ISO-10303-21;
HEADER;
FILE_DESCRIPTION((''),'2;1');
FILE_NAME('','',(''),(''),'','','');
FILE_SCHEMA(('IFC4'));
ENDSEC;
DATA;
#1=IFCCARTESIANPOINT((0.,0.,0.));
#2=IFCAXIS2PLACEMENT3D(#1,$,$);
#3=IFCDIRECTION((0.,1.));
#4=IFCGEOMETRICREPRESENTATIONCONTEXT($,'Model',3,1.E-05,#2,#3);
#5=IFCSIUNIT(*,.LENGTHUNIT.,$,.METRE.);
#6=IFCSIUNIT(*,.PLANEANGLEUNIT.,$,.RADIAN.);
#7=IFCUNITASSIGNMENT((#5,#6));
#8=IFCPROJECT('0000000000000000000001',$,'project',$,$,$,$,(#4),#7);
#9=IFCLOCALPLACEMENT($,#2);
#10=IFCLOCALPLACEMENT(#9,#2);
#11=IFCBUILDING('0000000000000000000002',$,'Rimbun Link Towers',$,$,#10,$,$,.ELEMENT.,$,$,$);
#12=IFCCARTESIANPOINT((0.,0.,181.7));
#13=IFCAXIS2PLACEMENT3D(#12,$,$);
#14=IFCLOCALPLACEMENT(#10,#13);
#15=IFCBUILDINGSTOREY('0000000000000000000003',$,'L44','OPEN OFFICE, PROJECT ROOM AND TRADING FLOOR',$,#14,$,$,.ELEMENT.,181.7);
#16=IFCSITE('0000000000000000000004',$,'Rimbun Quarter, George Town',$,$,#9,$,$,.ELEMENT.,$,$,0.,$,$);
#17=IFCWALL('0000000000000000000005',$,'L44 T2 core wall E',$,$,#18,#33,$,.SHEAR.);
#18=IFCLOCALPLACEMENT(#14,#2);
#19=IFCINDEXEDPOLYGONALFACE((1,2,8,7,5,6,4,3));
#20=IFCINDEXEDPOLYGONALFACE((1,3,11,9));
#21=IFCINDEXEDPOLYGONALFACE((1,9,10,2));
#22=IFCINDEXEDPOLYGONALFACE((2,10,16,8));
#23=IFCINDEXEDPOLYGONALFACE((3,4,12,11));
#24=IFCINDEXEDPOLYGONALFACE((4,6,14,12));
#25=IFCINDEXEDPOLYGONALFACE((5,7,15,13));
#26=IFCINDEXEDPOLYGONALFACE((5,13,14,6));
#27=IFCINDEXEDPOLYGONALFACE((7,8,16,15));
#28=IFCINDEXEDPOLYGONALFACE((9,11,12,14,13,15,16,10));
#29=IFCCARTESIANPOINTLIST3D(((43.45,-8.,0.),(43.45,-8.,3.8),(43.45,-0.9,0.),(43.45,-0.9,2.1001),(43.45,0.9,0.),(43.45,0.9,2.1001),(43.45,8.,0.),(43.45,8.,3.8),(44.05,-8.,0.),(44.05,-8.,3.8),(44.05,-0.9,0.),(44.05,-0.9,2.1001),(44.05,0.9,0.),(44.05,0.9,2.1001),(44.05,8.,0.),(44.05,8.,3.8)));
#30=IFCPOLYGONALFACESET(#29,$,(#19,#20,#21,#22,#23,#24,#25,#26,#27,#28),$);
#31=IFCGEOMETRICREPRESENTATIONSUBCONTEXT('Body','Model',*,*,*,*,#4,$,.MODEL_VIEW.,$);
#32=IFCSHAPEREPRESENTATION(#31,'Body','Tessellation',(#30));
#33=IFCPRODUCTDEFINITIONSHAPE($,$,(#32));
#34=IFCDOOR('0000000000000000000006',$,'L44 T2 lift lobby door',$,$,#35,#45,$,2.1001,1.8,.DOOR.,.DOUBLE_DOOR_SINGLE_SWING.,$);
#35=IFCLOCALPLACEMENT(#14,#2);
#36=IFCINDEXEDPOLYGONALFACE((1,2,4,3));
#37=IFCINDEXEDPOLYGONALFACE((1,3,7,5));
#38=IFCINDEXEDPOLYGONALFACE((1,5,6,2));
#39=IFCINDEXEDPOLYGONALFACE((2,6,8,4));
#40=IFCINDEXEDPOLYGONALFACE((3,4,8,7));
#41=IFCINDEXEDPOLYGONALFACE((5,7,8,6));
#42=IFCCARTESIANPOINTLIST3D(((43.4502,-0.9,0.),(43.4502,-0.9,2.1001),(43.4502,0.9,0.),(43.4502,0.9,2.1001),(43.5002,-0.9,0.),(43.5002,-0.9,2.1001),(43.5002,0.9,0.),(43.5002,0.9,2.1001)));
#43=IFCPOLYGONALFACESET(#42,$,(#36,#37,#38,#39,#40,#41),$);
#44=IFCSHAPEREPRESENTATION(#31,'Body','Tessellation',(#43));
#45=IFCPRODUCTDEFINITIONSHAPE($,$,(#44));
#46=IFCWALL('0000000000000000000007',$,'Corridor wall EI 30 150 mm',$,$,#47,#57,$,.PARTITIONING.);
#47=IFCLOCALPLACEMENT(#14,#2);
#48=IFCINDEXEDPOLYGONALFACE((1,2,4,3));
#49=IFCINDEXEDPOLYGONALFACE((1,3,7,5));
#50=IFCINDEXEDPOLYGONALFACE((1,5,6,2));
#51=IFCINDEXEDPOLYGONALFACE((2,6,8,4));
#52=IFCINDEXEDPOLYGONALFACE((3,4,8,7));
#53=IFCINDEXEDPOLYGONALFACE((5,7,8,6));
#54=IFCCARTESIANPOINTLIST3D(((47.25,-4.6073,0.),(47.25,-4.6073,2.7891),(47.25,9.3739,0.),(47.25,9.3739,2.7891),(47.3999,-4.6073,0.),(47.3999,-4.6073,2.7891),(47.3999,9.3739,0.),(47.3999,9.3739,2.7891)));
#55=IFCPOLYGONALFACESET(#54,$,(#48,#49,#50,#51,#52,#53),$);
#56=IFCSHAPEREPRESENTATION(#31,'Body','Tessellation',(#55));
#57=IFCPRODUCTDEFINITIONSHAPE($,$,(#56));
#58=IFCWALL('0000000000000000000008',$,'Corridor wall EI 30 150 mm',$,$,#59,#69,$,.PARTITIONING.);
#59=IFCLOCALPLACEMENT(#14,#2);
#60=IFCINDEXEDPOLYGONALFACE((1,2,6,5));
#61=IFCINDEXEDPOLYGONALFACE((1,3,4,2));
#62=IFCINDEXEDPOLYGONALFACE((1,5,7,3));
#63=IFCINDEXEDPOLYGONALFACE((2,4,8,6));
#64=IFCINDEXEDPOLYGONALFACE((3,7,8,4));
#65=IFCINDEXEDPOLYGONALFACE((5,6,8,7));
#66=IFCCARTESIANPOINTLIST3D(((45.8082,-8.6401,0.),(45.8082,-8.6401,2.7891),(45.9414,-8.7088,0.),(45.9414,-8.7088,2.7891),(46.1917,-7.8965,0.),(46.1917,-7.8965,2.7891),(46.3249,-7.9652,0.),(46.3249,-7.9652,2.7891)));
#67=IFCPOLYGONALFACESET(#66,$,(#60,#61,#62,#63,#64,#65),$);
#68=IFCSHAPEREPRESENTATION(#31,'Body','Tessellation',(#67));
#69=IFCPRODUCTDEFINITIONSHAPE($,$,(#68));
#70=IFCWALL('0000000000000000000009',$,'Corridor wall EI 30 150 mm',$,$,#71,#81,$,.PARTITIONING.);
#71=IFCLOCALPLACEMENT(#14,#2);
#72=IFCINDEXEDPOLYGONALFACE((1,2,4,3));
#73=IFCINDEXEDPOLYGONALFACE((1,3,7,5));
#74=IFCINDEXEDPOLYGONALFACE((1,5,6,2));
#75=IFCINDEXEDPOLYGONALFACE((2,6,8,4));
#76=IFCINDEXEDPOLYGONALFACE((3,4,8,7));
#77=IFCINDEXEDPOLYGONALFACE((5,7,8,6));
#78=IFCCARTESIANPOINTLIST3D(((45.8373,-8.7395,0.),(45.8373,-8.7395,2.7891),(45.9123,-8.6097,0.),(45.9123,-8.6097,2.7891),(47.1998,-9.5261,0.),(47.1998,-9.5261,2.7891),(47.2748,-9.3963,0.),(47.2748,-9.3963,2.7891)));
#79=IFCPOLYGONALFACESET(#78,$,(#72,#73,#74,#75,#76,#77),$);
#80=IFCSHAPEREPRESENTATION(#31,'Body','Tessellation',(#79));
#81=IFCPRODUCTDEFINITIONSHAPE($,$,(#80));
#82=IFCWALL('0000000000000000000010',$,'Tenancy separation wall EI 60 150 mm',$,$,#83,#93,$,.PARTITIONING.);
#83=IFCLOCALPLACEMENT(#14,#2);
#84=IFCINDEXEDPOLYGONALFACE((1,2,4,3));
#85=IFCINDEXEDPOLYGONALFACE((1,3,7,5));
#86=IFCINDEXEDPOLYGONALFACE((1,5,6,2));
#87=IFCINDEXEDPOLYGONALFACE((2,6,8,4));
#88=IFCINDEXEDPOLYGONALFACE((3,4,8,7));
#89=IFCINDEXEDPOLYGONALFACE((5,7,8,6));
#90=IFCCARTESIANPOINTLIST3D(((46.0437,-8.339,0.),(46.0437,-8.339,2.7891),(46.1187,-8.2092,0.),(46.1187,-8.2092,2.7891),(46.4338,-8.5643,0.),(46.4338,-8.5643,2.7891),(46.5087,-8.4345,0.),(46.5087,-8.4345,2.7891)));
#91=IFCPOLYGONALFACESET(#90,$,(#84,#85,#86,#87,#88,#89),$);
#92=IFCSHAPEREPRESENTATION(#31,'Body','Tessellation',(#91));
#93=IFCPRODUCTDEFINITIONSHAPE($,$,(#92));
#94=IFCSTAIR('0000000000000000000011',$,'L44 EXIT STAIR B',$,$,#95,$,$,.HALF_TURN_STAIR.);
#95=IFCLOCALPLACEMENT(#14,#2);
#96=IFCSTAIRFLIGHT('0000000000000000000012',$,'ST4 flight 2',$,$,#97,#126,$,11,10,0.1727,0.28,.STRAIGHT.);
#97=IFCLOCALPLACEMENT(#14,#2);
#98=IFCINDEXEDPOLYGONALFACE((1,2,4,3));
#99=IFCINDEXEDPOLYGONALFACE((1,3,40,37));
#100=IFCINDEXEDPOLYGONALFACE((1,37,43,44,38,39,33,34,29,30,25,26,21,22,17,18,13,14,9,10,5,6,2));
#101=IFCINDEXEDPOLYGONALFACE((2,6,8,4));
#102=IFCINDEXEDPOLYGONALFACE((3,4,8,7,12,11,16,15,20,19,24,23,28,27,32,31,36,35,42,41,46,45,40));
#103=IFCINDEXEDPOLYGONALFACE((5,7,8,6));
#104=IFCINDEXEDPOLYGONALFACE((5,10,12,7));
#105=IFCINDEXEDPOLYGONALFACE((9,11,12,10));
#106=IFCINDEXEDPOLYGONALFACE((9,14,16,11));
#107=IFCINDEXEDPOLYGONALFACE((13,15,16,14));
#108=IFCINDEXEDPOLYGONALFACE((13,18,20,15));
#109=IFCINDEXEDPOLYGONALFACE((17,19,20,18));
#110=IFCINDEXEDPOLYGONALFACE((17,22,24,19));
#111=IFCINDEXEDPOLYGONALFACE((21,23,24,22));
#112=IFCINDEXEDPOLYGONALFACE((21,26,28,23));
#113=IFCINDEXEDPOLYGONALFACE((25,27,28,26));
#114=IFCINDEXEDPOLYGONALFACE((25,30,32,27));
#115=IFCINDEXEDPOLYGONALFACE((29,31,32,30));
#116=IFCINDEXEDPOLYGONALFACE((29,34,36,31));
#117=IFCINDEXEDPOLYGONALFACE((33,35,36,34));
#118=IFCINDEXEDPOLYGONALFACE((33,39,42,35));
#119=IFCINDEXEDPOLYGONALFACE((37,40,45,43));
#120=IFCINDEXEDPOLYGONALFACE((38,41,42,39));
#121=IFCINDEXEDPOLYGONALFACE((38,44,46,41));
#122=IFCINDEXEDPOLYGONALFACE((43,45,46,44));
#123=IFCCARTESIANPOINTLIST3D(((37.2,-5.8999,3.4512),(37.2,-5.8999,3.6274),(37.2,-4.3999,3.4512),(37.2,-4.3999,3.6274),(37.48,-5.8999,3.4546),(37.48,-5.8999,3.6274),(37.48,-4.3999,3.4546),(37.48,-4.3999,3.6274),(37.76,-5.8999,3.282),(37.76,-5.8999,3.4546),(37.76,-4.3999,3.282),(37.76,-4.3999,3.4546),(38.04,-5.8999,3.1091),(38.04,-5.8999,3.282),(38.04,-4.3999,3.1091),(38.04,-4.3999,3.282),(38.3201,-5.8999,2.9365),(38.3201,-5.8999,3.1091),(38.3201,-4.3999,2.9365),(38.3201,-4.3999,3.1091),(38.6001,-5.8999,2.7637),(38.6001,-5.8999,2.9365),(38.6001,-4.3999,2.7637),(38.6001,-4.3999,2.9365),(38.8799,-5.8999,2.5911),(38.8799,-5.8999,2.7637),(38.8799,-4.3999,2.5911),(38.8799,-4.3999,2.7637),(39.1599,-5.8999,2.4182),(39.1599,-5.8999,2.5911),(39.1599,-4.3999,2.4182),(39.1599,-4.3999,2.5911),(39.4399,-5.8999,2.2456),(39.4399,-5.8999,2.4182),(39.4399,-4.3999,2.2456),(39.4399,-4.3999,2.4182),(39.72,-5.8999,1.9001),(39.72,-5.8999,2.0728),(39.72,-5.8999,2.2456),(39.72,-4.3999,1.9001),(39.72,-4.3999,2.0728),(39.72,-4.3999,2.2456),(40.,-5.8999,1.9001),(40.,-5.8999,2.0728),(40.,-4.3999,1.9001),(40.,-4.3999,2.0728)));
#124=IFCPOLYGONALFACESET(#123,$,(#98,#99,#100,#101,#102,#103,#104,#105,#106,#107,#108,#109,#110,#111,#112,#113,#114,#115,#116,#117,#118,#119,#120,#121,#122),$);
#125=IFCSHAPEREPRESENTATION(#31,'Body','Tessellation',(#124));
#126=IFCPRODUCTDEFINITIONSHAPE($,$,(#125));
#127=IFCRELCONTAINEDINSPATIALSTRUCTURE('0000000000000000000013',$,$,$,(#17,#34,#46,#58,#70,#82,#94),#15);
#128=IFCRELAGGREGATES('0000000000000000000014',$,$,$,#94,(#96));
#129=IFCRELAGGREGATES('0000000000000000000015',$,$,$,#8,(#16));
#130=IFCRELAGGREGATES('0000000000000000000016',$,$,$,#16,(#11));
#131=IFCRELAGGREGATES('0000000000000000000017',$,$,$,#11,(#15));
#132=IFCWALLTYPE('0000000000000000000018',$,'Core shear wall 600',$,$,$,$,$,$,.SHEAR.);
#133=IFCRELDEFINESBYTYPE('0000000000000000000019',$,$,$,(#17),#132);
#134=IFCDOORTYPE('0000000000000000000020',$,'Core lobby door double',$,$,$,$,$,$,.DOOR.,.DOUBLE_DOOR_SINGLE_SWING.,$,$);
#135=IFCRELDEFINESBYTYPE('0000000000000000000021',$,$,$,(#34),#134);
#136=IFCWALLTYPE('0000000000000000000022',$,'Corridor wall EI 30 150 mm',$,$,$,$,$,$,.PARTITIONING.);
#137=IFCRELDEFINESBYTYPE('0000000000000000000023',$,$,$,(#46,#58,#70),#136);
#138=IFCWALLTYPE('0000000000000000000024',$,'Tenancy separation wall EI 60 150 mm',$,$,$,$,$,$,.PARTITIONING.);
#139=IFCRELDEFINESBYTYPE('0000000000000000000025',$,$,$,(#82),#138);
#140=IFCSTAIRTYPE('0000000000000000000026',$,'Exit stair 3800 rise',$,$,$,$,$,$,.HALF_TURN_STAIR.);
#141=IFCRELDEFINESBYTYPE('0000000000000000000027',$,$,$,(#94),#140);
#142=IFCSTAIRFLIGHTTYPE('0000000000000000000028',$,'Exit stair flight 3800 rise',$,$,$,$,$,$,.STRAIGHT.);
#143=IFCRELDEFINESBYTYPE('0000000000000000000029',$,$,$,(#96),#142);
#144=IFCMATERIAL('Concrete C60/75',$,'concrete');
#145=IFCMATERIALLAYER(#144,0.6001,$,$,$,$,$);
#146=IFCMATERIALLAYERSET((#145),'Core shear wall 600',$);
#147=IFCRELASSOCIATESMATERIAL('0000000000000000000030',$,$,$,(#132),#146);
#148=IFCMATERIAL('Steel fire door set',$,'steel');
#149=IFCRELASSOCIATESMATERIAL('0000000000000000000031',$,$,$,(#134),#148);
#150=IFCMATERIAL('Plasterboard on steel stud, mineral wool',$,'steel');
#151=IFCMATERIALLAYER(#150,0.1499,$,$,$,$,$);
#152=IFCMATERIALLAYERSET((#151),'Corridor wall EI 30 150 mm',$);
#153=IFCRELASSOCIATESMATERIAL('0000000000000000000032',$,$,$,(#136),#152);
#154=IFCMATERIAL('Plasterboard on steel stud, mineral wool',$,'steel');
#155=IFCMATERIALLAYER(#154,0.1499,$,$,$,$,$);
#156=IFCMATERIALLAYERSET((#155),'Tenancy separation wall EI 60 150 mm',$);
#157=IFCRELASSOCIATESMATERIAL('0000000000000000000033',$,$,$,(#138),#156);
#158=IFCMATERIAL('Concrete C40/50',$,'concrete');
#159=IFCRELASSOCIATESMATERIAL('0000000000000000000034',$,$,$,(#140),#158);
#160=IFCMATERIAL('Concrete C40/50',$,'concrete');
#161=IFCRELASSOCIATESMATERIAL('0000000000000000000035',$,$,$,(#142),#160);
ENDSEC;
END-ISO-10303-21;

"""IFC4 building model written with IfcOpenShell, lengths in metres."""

from ifc_helpers import new_model, si_unit, direction, frame, frame_2d, origin, place, context, subcontext, project, spatial, polyline, rectangle, outline, extrude, material, layer, layer_set, type_object, element, fill, aggregate, save


model = new_model("IFC4")

# Units and contexts
model_context = context("Model", 3, precision=1e-05, world=origin(), true_north=direction((0.0, 1.0)))
body_context = subcontext(model_context, "Body", "Model", "MODEL_VIEW")
ifc_project = project(units=[si_unit("LENGTHUNIT", "METRE"), si_unit("PLANEANGLEUNIT", "RADIAN")], contexts=[model_context])

# Site, building, storey
site_placement = place(None, origin())
site = spatial("IfcSite", under=ifc_project, at=site_placement, Name="Rimbun Quarter, George Town", CompositionType="ELEMENT", RefElevation=0.0)
building_placement = place(site_placement, origin())
building = spatial("IfcBuilding", under=site, at=building_placement, Name="Rimbun Link Towers", CompositionType="ELEMENT")
storey_placement = place(building_placement, frame((0.0, 0.0, 181.7)))
storey = spatial("IfcBuildingStorey", under=building, at=storey_placement, Name="L44", Description="OPEN OFFICE, PROJECT ROOM AND TRADING FLOOR", CompositionType="ELEMENT", Elevation=181.7)

# Wall, opening, door
ifc_material_1 = material(Name="Concrete C60/75", Category="concrete")
ifc_layer_1 = layer(ifc_material_1, 0.6001)
ifc_layer_set_1 = layer_set([ifc_layer_1], Name="Core shear wall 600")
wall_type_1 = type_object("IfcWallType", Name="Core shear wall 600", PredefinedType="SHEAR", material=ifc_layer_set_1)
wall_1_placement = place(storey_placement, frame((43.75, -8.0, 0.0), z_axis=(0.0, 0.0, 1.0), x_axis=(0.0, 1.0, 0.0)))
wall_1 = element("IfcWall", 1, at=wall_1_placement, inside=storey, type_object=wall_type_1, Name="L44 T2 core wall E", PredefinedType="SHEAR", context=body_context, shape_type="SweptSolid", body=[
    extrude(rectangle(XDim=16.0, YDim=0.6001, at=frame_2d((8.0, 0.0))), origin(), (0.0, 0.0, 1.0), 3.8),
])
opening_1_placement = place(wall_1_placement, frame((7.1001, 0.0, 0.0)))
opening_1 = element("IfcOpeningElement", 2, at=opening_1_placement, cuts=wall_1, PredefinedType="OPENING", context=body_context, shape_type="SweptSolid", body=[
    extrude(rectangle(XDim=1.8, YDim=2.1001, at=frame_2d((0.8999, 1.05))), frame((0.0, 0.3101, 0.0), z_axis=(0.0, -1.0, 0.0), x_axis=(1.0, 0.0, 0.0)), (0.0, 0.0, 1.0), 0.6201),
])
ifc_material_2 = material(Name="Steel fire door set", Category="steel")
door_type_1 = type_object("IfcDoorType", Name="Core lobby door double", OperationType="DOUBLE_DOOR_SINGLE_SWING", PredefinedType="DOOR", material=ifc_material_2)
door_1_placement = place(opening_1_placement, origin())
door_1 = element("IfcDoor", 3, at=door_1_placement, inside=storey, type_object=door_type_1, Name="L44 T2 lift lobby door", OperationType="DOUBLE_DOOR_SINGLE_SWING", OverallHeight=2.1001, OverallWidth=1.8, PredefinedType="DOOR", context=body_context, shape_type="SweptSolid", body=[
    extrude(rectangle(XDim=1.8, YDim=2.1001, at=frame_2d((0.8999, 1.05))), frame((0.0, 0.2998, 0.0), z_axis=(0.0, -1.0, 0.0), x_axis=(1.0, 0.0, 0.0)), (0.0, 0.0, 1.0), 0.05),
])
fill(opening_1, door_1)

# Walls
ifc_material_3 = material(Name="Plasterboard on steel stud, mineral wool", Category="steel")
ifc_layer_2 = layer(ifc_material_3, 0.1499)
ifc_layer_set_2 = layer_set([ifc_layer_2], Name="Corridor wall EI 30 150 mm")
wall_type_2 = type_object("IfcWallType", Name="Corridor wall EI 30 150 mm", PredefinedType="PARTITIONING", material=ifc_layer_set_2)
wall_2_placement = place(storey_placement, frame((47.325, -4.6074, 0.0), z_axis=(0.0, 0.0, 1.0), x_axis=(0.0, 1.0, 0.0)))
element("IfcWall", 4, at=wall_2_placement, inside=storey, type_object=wall_type_2, Name="Corridor wall EI 30 150 mm", PredefinedType="PARTITIONING", context=body_context, shape_type="SweptSolid", body=[
    extrude(rectangle(XDim=13.9812, YDim=0.1499, at=frame_2d((6.9907, 0.0))), origin(), (0.0, 0.0, 1.0), 2.7891),
])
wall_3_placement = place(storey_placement, frame((45.8748, -8.6746, 0.0), z_axis=(0.0, 0.0, 1.0), x_axis=(0.458383, 0.888755, 0.0)))
element("IfcWall", 5, at=wall_3_placement, inside=storey, type_object=wall_type_2, Name="Corridor wall EI 30 150 mm", PredefinedType="PARTITIONING", context=body_context, shape_type="SweptSolid", body=[
    extrude(rectangle(XDim=0.8367, YDim=0.1499, at=frame_2d((0.4185, 0.0))), origin(), (0.0, 0.0, 1.0), 2.7891),
])
wall_4_placement = place(storey_placement, frame((47.2373, -9.4612, 0.0), z_axis=(0.0, 0.0, 1.0), x_axis=(-0.866038, 0.499978, 0.0)))
element("IfcWall", 6, at=wall_4_placement, inside=storey, type_object=wall_type_2, Name="Corridor wall EI 30 150 mm", PredefinedType="PARTITIONING", context=body_context, shape_type="SweptSolid", body=[
    extrude(rectangle(XDim=1.5732, YDim=0.1499, at=frame_2d((0.7866, 0.0))), origin(), (0.0, 0.0, 1.0), 2.7891),
])
ifc_material_4 = material(Name="Plasterboard on steel stud, mineral wool", Category="steel")
ifc_layer_3 = layer(ifc_material_4, 0.1499)
ifc_layer_set_3 = layer_set([ifc_layer_3], Name="Tenancy separation wall EI 60 150 mm")
wall_type_3 = type_object("IfcWallType", Name="Tenancy separation wall EI 60 150 mm", PredefinedType="PARTITIONING", material=ifc_layer_set_3)
wall_5_placement = place(storey_placement, frame((46.0813, -8.2742, 0.0), z_axis=(0.0, 0.0, 1.0), x_axis=(0.865933, -0.50016, 0.0)))
element("IfcWall", 7, at=wall_5_placement, inside=storey, type_object=wall_type_3, Name="Tenancy separation wall EI 60 150 mm", PredefinedType="PARTITIONING", context=body_context, shape_type="SweptSolid", body=[
    extrude(rectangle(XDim=0.4504, YDim=0.1499, at=frame_2d((0.2251, 0.0))), origin(), (0.0, 0.0, 1.0), 2.7891),
])

# Stair, stair flight
ifc_material_5 = material(Name="Concrete C40/50", Category="concrete")
stair_type = type_object("IfcStairType", Name="Exit stair 3800 rise", PredefinedType="HALF_TURN_STAIR", material=ifc_material_5)
stair_placement = place(storey_placement, origin())
stair = element("IfcStair", 8, at=stair_placement, inside=storey, type_object=stair_type, Name="L44 EXIT STAIR B", PredefinedType="HALF_TURN_STAIR")
ifc_material_6 = material(Name="Concrete C40/50", Category="concrete")
stair_flight_type = type_object("IfcStairFlightType", Name="Exit stair flight 3800 rise", PredefinedType="STRAIGHT", material=ifc_material_6)
stair_flight_placement = place(storey_placement, frame((40.0, -5.1499, 1.9001), z_axis=(0.0, 0.0, 1.0), x_axis=(-1.0, 0.0, 0.0)))
stair_flight = element("IfcStairFlight", 9, at=stair_flight_placement, type_object=stair_flight_type, Name="ST4 flight 2", NumberOfRisers=11, NumberOfTreads=10, PredefinedType="STRAIGHT", RiserHeight=0.1727, TreadLength=0.28, context=body_context, shape_type="SweptSolid", body=[
    extrude(outline(polyline([(0.0, 0.0), (0.0, 0.1726), (0.28, 0.1726), (0.28, 0.3455), (0.5601, 0.3455), (0.5601, 0.5181), (0.8401, 0.5181), (0.8401, 0.6909), (1.1201, 0.6909), (1.1201, 0.8635), (1.3999, 0.8635), (1.3999, 1.0364), (1.6799, 1.0364), (1.6799, 1.209), (1.96, 1.209), (1.96, 1.3818), (2.24, 1.3818), (2.24, 1.5544), (2.52, 1.5544), (2.52, 1.7273), (2.8, 1.7273), (2.8, 1.8999), (2.8, 1.551), (0.28, 0.0), (0.0, 0.0)])), frame((0.0, 0.75, 0.0), z_axis=(0.0, -1.0, 0.0), x_axis=(1.0, 0.0, 0.0)), (0.0, 0.0, 1.0), 1.5),
])
aggregate(stair, [stair_flight])

save(model, "model.ifc")
